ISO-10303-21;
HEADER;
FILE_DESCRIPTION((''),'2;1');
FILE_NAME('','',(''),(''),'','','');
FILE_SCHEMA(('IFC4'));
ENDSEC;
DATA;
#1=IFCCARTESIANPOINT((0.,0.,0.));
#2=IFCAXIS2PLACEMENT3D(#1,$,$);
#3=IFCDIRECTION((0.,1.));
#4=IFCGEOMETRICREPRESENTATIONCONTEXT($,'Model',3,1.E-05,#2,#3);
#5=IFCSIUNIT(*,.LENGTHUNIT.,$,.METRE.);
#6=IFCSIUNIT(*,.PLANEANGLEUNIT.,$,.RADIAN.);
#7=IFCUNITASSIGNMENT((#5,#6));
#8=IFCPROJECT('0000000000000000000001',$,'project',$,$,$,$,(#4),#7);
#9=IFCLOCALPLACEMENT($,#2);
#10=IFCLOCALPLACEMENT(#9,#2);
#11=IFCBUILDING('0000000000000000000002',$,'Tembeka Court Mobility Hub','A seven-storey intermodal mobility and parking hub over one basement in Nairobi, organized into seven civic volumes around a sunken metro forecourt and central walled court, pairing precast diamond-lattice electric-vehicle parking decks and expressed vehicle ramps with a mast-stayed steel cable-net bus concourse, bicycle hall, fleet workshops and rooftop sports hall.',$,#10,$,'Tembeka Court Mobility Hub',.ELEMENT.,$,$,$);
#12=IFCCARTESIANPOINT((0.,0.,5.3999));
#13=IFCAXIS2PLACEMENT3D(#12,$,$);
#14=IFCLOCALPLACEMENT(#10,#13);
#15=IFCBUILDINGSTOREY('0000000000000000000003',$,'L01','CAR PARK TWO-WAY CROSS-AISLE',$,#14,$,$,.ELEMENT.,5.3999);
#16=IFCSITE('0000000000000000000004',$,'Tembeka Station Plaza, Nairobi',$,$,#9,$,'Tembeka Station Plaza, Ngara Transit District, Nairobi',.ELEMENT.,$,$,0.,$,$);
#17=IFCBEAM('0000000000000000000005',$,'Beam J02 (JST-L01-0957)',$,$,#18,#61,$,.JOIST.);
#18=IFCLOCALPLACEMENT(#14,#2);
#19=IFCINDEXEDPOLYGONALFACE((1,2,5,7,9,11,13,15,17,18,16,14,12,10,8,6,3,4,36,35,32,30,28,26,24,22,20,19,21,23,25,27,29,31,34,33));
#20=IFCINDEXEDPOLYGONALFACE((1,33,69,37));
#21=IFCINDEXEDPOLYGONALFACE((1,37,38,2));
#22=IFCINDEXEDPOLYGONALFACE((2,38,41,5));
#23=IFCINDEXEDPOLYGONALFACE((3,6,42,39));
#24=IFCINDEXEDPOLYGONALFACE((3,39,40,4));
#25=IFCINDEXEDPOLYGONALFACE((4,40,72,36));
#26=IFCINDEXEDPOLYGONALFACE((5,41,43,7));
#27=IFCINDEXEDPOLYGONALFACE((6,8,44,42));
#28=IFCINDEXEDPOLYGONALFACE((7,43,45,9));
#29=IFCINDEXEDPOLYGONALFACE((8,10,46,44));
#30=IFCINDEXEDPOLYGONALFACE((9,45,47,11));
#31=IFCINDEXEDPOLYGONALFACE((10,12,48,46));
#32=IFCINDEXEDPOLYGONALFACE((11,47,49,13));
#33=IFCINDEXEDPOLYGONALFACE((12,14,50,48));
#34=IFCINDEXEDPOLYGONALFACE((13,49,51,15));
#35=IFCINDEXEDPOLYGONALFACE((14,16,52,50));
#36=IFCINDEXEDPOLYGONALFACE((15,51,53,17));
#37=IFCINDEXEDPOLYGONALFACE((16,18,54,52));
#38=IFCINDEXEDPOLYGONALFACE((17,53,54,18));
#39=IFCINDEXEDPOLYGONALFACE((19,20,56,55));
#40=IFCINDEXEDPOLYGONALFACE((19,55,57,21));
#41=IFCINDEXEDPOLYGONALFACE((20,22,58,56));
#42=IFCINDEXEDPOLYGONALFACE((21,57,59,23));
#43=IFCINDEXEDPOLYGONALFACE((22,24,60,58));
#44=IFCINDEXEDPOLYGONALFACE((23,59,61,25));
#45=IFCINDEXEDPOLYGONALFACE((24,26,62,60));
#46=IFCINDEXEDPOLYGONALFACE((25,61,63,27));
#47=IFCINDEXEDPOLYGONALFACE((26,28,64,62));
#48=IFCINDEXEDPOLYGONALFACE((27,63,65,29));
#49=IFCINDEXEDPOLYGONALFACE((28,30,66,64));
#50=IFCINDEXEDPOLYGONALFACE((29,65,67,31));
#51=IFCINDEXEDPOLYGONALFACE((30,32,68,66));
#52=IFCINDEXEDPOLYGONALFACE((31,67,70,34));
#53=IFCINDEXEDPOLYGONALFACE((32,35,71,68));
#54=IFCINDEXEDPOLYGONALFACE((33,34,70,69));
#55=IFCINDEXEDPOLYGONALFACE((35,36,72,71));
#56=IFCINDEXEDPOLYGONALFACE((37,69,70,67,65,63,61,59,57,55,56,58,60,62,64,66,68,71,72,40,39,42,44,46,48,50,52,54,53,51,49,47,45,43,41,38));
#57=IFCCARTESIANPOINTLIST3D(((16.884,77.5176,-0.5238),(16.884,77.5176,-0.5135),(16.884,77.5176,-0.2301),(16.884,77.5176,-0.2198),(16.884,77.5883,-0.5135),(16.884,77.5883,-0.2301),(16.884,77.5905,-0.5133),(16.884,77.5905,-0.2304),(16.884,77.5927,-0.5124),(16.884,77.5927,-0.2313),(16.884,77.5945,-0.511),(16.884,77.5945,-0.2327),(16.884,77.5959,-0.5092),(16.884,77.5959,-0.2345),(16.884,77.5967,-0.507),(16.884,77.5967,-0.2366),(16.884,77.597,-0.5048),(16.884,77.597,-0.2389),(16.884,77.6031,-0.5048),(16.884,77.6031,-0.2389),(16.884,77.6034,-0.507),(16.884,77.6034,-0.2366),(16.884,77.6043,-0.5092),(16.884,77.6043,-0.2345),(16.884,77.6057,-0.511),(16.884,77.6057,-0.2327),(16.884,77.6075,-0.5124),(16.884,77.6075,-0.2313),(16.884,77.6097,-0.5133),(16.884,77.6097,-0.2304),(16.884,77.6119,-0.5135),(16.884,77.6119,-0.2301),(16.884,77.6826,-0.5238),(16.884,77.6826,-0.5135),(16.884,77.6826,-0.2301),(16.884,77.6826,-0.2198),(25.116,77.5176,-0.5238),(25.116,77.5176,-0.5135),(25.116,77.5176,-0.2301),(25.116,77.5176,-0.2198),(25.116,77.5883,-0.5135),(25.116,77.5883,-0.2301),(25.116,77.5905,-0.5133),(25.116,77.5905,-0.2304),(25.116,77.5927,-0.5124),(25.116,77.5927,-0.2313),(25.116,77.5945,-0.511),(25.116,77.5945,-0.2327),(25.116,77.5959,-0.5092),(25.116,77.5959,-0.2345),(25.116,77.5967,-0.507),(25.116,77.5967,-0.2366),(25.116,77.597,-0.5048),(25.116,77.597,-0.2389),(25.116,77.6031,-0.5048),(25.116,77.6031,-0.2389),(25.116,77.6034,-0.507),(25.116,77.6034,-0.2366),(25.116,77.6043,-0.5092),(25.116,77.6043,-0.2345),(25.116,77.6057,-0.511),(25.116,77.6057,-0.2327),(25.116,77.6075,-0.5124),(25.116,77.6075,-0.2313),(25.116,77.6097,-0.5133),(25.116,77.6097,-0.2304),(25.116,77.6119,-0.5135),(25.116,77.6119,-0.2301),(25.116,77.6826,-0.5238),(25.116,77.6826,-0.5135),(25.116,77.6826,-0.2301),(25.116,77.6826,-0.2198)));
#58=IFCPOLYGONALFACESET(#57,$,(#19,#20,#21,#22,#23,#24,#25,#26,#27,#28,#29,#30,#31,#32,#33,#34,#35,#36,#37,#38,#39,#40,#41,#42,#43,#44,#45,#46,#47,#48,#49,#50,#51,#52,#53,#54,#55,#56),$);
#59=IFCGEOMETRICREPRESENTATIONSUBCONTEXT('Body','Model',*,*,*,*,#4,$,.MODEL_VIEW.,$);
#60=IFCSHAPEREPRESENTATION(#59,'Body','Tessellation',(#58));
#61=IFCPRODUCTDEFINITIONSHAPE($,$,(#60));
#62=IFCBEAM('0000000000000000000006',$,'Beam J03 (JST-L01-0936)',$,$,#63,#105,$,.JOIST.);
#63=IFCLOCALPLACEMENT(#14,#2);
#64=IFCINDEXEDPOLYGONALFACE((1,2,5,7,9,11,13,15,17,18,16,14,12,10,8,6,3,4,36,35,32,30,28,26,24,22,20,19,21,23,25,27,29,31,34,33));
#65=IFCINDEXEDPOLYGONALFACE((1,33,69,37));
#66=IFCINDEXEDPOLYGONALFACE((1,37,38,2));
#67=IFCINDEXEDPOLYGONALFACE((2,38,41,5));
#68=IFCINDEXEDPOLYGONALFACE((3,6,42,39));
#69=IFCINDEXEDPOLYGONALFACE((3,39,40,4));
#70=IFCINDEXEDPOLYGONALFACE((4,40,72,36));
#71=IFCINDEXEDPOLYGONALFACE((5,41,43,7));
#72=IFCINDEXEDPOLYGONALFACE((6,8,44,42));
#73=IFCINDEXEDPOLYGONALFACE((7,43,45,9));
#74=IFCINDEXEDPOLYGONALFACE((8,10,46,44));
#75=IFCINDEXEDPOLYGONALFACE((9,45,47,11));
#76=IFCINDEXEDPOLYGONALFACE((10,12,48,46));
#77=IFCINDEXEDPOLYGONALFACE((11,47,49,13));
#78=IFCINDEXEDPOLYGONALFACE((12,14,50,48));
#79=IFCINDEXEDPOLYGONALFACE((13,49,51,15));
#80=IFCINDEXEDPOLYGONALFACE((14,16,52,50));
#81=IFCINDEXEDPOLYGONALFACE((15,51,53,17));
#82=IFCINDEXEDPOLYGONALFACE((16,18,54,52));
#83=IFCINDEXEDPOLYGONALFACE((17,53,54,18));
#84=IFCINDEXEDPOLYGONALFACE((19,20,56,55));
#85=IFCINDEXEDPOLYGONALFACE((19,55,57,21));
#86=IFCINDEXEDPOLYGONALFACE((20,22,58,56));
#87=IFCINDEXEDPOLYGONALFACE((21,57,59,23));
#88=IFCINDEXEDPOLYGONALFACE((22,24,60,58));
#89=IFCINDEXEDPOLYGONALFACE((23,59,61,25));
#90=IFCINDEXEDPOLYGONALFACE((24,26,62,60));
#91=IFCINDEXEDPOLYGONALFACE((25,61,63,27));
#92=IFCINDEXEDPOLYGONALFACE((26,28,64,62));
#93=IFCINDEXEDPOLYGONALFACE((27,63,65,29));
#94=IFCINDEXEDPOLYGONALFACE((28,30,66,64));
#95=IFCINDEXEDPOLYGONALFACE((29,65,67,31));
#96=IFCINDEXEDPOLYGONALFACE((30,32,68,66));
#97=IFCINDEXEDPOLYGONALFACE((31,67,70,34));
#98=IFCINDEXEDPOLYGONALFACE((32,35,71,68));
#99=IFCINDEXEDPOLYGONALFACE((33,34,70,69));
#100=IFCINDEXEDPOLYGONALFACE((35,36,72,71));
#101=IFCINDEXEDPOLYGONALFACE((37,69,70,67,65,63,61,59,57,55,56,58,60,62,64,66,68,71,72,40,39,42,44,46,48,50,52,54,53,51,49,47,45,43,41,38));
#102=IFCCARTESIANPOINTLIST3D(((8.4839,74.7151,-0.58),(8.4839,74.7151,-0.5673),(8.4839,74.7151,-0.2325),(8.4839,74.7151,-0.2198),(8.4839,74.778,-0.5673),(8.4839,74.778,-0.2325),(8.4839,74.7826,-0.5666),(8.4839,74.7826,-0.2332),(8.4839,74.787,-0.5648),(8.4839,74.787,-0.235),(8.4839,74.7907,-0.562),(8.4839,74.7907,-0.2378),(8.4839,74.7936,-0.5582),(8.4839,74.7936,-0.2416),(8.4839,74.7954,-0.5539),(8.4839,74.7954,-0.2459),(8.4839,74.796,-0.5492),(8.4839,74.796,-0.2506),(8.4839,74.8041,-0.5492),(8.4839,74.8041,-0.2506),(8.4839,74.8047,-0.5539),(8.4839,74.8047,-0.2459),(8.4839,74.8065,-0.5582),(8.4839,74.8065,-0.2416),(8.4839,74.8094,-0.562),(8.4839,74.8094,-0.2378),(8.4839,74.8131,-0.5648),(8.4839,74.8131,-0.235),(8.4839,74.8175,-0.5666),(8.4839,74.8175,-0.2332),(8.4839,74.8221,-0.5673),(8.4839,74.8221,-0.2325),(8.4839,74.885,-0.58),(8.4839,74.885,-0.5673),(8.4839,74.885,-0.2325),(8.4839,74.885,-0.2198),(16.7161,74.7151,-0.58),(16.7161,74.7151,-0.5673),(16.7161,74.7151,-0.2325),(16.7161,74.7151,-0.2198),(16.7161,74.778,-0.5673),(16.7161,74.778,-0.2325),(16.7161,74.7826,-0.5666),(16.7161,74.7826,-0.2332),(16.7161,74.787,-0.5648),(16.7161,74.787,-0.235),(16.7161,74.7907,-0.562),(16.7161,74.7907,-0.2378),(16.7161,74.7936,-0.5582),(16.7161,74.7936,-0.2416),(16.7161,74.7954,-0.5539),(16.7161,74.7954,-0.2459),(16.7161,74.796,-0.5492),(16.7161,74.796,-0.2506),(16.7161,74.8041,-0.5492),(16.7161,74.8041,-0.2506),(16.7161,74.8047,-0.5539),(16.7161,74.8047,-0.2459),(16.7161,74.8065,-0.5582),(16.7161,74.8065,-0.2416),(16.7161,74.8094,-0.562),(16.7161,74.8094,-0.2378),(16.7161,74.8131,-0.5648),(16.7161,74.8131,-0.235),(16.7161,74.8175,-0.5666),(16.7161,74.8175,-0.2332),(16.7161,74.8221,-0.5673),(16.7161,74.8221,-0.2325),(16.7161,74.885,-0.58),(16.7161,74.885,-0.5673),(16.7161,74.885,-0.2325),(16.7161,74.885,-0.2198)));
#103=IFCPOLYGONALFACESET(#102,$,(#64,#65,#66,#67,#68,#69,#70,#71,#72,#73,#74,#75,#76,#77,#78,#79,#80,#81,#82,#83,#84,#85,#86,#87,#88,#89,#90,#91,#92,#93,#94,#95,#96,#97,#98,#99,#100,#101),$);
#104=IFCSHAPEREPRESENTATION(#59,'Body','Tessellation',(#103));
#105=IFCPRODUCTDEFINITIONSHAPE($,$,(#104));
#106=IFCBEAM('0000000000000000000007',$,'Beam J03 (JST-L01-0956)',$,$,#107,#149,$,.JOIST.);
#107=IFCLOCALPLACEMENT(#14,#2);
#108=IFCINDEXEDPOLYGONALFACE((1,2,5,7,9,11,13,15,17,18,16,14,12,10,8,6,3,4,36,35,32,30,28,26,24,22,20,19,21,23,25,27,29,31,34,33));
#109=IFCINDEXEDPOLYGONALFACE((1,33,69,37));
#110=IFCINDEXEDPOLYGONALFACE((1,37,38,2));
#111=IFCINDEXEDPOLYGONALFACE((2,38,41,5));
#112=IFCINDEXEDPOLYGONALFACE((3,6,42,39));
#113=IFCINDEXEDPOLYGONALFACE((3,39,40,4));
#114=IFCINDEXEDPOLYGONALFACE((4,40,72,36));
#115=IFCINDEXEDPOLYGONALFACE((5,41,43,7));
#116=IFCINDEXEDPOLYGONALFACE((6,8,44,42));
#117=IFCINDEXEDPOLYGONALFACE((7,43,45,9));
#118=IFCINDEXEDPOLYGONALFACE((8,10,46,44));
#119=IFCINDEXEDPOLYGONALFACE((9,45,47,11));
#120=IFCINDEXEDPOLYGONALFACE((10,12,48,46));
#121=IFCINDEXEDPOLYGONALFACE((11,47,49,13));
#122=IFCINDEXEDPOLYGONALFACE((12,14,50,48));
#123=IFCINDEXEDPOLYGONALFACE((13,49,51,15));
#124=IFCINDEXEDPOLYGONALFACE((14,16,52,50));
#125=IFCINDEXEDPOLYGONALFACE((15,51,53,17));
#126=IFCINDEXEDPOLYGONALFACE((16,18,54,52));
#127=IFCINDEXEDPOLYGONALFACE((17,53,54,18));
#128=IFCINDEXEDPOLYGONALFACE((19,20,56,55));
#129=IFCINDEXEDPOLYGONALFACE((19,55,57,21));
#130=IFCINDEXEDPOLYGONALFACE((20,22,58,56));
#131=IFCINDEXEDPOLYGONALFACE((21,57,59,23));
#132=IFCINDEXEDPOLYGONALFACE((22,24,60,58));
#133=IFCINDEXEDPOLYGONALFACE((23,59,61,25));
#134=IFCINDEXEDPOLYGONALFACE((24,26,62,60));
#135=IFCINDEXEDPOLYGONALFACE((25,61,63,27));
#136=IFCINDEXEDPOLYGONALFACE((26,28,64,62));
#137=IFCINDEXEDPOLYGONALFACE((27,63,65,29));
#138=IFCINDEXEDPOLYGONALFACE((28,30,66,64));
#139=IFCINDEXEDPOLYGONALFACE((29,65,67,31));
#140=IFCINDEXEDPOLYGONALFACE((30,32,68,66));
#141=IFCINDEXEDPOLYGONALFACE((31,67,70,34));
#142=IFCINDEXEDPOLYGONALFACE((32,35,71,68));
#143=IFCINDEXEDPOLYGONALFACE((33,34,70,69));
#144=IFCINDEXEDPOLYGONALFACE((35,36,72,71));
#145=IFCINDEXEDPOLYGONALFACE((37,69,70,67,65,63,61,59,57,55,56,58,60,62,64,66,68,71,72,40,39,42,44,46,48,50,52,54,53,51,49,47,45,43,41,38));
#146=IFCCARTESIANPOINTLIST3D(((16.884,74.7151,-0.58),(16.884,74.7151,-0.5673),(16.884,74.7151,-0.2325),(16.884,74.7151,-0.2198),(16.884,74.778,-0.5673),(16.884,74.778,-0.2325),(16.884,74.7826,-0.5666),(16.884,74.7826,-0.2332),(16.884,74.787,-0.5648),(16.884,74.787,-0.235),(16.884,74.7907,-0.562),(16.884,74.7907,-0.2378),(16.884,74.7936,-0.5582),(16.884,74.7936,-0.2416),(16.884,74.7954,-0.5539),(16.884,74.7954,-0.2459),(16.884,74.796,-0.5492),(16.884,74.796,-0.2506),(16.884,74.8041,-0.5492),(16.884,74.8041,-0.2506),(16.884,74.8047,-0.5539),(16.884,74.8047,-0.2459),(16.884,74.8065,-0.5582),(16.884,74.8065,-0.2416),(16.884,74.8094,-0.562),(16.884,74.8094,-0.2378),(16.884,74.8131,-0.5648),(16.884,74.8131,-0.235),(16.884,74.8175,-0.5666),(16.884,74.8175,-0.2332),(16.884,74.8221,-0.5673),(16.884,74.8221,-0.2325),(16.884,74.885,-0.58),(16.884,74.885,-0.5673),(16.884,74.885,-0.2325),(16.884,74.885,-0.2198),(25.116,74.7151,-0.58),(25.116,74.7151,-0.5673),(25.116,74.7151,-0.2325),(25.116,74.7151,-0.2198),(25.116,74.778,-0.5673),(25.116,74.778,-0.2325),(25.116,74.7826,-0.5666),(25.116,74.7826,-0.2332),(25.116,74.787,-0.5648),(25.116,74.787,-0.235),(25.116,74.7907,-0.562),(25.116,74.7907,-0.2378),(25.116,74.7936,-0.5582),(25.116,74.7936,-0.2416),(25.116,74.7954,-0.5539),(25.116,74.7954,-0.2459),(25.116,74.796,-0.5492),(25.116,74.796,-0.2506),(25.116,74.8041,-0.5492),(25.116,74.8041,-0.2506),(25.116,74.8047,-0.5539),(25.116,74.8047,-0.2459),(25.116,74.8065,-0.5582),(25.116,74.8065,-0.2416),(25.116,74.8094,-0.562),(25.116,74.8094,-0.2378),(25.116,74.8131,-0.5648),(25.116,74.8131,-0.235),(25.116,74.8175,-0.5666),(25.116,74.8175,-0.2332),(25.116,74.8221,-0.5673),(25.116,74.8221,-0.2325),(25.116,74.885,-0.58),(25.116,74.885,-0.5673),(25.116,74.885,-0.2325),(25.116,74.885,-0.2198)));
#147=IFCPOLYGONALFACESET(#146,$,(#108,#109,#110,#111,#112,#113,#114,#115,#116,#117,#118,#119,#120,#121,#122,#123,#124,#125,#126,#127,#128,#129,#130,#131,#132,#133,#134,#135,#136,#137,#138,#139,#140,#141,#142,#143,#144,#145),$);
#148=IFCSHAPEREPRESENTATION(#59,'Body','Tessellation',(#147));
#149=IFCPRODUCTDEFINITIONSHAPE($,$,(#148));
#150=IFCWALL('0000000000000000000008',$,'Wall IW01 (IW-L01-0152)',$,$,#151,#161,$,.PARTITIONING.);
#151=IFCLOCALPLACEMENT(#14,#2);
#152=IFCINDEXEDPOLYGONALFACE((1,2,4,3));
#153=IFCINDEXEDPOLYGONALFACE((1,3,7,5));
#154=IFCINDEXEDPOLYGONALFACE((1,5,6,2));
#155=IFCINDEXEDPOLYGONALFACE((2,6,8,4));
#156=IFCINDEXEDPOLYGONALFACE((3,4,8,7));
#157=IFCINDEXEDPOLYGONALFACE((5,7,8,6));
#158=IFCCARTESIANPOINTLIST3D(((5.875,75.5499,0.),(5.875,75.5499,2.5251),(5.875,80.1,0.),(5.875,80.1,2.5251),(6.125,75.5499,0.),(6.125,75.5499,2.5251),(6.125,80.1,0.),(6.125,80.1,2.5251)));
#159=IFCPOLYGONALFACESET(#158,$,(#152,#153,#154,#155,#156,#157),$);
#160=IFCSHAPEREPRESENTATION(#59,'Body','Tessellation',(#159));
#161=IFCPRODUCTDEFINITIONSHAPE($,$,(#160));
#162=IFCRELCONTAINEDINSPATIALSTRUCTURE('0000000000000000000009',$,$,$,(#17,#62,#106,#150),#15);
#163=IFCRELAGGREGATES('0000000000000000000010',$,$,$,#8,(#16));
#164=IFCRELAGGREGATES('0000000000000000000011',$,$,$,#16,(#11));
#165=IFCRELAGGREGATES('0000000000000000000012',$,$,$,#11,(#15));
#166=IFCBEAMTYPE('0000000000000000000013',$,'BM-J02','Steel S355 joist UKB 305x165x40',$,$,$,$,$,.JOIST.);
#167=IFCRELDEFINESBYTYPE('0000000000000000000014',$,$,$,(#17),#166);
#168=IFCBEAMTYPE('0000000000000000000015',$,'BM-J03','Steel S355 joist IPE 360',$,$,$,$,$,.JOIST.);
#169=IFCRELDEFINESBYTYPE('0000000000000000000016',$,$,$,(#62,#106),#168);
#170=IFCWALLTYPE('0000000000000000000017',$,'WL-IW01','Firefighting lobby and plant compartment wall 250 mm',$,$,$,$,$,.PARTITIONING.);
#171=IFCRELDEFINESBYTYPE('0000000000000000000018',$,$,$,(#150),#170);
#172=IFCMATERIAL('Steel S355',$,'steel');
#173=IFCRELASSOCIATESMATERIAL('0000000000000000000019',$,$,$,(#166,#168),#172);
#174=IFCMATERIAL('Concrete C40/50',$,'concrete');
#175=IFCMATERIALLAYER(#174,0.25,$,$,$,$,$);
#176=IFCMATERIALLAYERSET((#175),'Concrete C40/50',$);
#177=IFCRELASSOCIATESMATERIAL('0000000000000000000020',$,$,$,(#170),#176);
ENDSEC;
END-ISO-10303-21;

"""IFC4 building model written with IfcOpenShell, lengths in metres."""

from ifc_helpers import new_model, si_unit, direction, frame, frame_2d, origin, origin_2d, place, context, subcontext, project, spatial, rectangle, i_section, extrude, material, layer, layer_set, material_profile, profile_set, type_object, element, save


model = new_model("IFC4")

# Units and contexts
model_context = context("Model", 3, precision=1e-05, world=origin(), true_north=direction((0.0, 1.0)))
body_context = subcontext(model_context, "Body", "Model", "MODEL_VIEW")
ifc_project = project(units=[si_unit("LENGTHUNIT", "METRE"), si_unit("PLANEANGLEUNIT", "RADIAN")], contexts=[model_context])

# Site, building, storey
site_placement = place(None, origin())
site = spatial("IfcSite", under=ifc_project, at=site_placement, Name="Tembeka Station Plaza, Nairobi", LongName="Tembeka Station Plaza, Ngara Transit District, Nairobi", CompositionType="ELEMENT", RefElevation=0.0)
building_placement = place(site_placement, origin())
building = spatial("IfcBuilding", under=site, at=building_placement, Name="Tembeka Court Mobility Hub", Description="A seven-storey intermodal mobility and parking hub over one basement in Nairobi, organized into seven civic volumes around a sunken metro forecourt and central walled court, pairing precast diamond-lattice electric-vehicle parking decks and expressed vehicle ramps with a mast-stayed steel cable-net bus concourse, bicycle hall, fleet workshops and rooftop sports hall.", LongName="Tembeka Court Mobility Hub", CompositionType="ELEMENT")
storey_placement = place(building_placement, frame((0.0, 0.0, 5.3999)))
storey = spatial("IfcBuildingStorey", under=building, at=storey_placement, Name="L01", Description="CAR PARK TWO-WAY CROSS-AISLE", CompositionType="ELEMENT", Elevation=5.3999)

# Shared definitions
ifc_material_1 = material(Name="Steel S355", Category="steel")

# Beams
ifc_material_profile_1 = material_profile(ifc_material_1, i_section(OverallWidth=0.165, OverallDepth=0.304, WebThickness=0.0061, FlangeThickness=0.0103, FilletRadius=0.0088, at=origin_2d()), Name="UKB 305x165x40")
ifc_profile_set_1 = profile_set([ifc_material_profile_1], Name="Steel S355")
beam_type_1 = type_object("IfcBeamType", Name="BM-J02", Description="Steel S355 joist UKB 305x165x40", PredefinedType="JOIST", material=ifc_profile_set_1)
beam_1_placement = place(storey_placement, frame((16.884, 77.6001, -0.3718), z_axis=(1.0, 0.0, 0.0), x_axis=(0.0, 1.0, 0.0)))
element("IfcBeam", 1, at=beam_1_placement, inside=storey, type_object=beam_type_1, Name="Beam J02 (JST-L01-0957)", PredefinedType="JOIST", context=body_context, shape_type="SweptSolid", body=[
    extrude(i_section(OverallWidth=0.165, OverallDepth=0.304, WebThickness=0.0061, FlangeThickness=0.0103, FilletRadius=0.0088, at=origin_2d()), origin(), (0.0, 0.0, 1.0), 8.2319),
])
ifc_material_profile_2 = material_profile(ifc_material_1, i_section(OverallWidth=0.1699, OverallDepth=0.3601, WebThickness=0.0081, FlangeThickness=0.0127, FilletRadius=0.0181, at=origin_2d()), Name="IPE 360")
ifc_profile_set_2 = profile_set([ifc_material_profile_2], Name="Steel S355")
beam_type_2 = type_object("IfcBeamType", Name="BM-J03", Description="Steel S355 joist IPE 360", PredefinedType="JOIST", material=ifc_profile_set_2)
beam_2_placement = place(storey_placement, frame((8.4839, 74.8, -0.3999), z_axis=(1.0, 0.0, 0.0), x_axis=(0.0, 1.0, 0.0)))
element("IfcBeam", 2, at=beam_2_placement, inside=storey, type_object=beam_type_2, Name="Beam J03 (JST-L01-0936)", PredefinedType="JOIST", context=body_context, shape_type="SweptSolid", body=[
    extrude(i_section(OverallWidth=0.1699, OverallDepth=0.3601, WebThickness=0.0081, FlangeThickness=0.0127, FilletRadius=0.0181, at=origin_2d()), origin(), (0.0, 0.0, 1.0), 8.2322),
])
beam_3_placement = place(storey_placement, frame((16.884, 74.8, -0.3999), z_axis=(1.0, 0.0, 0.0), x_axis=(0.0, 1.0, 0.0)))
element("IfcBeam", 3, at=beam_3_placement, inside=storey, type_object=beam_type_2, Name="Beam J03 (JST-L01-0956)", PredefinedType="JOIST", context=body_context, shape_type="SweptSolid", body=[
    extrude(i_section(OverallWidth=0.1699, OverallDepth=0.3601, WebThickness=0.0081, FlangeThickness=0.0127, FilletRadius=0.0181, at=origin_2d()), origin(), (0.0, 0.0, 1.0), 8.2319),
])

# Wall
ifc_material_2 = material(Name="Concrete C40/50", Category="concrete")
ifc_layer_1 = layer(ifc_material_2, 0.25)
ifc_layer_set_1 = layer_set([ifc_layer_1], Name="Concrete C40/50")
wall_type_1 = type_object("IfcWallType", Name="WL-IW01", Description="Firefighting lobby and plant compartment wall 250 mm", PredefinedType="PARTITIONING", material=ifc_layer_set_1)
wall_1_placement = place(storey_placement, frame((6.0, 75.55, 0.0), z_axis=(0.0, 0.0, 1.0), x_axis=(0.0, 1.0, 0.0)))
element("IfcWall", 4, at=wall_1_placement, inside=storey, type_object=wall_type_1, Name="Wall IW01 (IW-L01-0152)", PredefinedType="PARTITIONING", context=body_context, shape_type="SweptSolid", body=[
    extrude(rectangle(XDim=4.55, YDim=0.25, at=frame_2d((2.2749, 0.0))), origin(), (0.0, 0.0, 1.0), 2.5251),
])

save(model, "model.ifc")
